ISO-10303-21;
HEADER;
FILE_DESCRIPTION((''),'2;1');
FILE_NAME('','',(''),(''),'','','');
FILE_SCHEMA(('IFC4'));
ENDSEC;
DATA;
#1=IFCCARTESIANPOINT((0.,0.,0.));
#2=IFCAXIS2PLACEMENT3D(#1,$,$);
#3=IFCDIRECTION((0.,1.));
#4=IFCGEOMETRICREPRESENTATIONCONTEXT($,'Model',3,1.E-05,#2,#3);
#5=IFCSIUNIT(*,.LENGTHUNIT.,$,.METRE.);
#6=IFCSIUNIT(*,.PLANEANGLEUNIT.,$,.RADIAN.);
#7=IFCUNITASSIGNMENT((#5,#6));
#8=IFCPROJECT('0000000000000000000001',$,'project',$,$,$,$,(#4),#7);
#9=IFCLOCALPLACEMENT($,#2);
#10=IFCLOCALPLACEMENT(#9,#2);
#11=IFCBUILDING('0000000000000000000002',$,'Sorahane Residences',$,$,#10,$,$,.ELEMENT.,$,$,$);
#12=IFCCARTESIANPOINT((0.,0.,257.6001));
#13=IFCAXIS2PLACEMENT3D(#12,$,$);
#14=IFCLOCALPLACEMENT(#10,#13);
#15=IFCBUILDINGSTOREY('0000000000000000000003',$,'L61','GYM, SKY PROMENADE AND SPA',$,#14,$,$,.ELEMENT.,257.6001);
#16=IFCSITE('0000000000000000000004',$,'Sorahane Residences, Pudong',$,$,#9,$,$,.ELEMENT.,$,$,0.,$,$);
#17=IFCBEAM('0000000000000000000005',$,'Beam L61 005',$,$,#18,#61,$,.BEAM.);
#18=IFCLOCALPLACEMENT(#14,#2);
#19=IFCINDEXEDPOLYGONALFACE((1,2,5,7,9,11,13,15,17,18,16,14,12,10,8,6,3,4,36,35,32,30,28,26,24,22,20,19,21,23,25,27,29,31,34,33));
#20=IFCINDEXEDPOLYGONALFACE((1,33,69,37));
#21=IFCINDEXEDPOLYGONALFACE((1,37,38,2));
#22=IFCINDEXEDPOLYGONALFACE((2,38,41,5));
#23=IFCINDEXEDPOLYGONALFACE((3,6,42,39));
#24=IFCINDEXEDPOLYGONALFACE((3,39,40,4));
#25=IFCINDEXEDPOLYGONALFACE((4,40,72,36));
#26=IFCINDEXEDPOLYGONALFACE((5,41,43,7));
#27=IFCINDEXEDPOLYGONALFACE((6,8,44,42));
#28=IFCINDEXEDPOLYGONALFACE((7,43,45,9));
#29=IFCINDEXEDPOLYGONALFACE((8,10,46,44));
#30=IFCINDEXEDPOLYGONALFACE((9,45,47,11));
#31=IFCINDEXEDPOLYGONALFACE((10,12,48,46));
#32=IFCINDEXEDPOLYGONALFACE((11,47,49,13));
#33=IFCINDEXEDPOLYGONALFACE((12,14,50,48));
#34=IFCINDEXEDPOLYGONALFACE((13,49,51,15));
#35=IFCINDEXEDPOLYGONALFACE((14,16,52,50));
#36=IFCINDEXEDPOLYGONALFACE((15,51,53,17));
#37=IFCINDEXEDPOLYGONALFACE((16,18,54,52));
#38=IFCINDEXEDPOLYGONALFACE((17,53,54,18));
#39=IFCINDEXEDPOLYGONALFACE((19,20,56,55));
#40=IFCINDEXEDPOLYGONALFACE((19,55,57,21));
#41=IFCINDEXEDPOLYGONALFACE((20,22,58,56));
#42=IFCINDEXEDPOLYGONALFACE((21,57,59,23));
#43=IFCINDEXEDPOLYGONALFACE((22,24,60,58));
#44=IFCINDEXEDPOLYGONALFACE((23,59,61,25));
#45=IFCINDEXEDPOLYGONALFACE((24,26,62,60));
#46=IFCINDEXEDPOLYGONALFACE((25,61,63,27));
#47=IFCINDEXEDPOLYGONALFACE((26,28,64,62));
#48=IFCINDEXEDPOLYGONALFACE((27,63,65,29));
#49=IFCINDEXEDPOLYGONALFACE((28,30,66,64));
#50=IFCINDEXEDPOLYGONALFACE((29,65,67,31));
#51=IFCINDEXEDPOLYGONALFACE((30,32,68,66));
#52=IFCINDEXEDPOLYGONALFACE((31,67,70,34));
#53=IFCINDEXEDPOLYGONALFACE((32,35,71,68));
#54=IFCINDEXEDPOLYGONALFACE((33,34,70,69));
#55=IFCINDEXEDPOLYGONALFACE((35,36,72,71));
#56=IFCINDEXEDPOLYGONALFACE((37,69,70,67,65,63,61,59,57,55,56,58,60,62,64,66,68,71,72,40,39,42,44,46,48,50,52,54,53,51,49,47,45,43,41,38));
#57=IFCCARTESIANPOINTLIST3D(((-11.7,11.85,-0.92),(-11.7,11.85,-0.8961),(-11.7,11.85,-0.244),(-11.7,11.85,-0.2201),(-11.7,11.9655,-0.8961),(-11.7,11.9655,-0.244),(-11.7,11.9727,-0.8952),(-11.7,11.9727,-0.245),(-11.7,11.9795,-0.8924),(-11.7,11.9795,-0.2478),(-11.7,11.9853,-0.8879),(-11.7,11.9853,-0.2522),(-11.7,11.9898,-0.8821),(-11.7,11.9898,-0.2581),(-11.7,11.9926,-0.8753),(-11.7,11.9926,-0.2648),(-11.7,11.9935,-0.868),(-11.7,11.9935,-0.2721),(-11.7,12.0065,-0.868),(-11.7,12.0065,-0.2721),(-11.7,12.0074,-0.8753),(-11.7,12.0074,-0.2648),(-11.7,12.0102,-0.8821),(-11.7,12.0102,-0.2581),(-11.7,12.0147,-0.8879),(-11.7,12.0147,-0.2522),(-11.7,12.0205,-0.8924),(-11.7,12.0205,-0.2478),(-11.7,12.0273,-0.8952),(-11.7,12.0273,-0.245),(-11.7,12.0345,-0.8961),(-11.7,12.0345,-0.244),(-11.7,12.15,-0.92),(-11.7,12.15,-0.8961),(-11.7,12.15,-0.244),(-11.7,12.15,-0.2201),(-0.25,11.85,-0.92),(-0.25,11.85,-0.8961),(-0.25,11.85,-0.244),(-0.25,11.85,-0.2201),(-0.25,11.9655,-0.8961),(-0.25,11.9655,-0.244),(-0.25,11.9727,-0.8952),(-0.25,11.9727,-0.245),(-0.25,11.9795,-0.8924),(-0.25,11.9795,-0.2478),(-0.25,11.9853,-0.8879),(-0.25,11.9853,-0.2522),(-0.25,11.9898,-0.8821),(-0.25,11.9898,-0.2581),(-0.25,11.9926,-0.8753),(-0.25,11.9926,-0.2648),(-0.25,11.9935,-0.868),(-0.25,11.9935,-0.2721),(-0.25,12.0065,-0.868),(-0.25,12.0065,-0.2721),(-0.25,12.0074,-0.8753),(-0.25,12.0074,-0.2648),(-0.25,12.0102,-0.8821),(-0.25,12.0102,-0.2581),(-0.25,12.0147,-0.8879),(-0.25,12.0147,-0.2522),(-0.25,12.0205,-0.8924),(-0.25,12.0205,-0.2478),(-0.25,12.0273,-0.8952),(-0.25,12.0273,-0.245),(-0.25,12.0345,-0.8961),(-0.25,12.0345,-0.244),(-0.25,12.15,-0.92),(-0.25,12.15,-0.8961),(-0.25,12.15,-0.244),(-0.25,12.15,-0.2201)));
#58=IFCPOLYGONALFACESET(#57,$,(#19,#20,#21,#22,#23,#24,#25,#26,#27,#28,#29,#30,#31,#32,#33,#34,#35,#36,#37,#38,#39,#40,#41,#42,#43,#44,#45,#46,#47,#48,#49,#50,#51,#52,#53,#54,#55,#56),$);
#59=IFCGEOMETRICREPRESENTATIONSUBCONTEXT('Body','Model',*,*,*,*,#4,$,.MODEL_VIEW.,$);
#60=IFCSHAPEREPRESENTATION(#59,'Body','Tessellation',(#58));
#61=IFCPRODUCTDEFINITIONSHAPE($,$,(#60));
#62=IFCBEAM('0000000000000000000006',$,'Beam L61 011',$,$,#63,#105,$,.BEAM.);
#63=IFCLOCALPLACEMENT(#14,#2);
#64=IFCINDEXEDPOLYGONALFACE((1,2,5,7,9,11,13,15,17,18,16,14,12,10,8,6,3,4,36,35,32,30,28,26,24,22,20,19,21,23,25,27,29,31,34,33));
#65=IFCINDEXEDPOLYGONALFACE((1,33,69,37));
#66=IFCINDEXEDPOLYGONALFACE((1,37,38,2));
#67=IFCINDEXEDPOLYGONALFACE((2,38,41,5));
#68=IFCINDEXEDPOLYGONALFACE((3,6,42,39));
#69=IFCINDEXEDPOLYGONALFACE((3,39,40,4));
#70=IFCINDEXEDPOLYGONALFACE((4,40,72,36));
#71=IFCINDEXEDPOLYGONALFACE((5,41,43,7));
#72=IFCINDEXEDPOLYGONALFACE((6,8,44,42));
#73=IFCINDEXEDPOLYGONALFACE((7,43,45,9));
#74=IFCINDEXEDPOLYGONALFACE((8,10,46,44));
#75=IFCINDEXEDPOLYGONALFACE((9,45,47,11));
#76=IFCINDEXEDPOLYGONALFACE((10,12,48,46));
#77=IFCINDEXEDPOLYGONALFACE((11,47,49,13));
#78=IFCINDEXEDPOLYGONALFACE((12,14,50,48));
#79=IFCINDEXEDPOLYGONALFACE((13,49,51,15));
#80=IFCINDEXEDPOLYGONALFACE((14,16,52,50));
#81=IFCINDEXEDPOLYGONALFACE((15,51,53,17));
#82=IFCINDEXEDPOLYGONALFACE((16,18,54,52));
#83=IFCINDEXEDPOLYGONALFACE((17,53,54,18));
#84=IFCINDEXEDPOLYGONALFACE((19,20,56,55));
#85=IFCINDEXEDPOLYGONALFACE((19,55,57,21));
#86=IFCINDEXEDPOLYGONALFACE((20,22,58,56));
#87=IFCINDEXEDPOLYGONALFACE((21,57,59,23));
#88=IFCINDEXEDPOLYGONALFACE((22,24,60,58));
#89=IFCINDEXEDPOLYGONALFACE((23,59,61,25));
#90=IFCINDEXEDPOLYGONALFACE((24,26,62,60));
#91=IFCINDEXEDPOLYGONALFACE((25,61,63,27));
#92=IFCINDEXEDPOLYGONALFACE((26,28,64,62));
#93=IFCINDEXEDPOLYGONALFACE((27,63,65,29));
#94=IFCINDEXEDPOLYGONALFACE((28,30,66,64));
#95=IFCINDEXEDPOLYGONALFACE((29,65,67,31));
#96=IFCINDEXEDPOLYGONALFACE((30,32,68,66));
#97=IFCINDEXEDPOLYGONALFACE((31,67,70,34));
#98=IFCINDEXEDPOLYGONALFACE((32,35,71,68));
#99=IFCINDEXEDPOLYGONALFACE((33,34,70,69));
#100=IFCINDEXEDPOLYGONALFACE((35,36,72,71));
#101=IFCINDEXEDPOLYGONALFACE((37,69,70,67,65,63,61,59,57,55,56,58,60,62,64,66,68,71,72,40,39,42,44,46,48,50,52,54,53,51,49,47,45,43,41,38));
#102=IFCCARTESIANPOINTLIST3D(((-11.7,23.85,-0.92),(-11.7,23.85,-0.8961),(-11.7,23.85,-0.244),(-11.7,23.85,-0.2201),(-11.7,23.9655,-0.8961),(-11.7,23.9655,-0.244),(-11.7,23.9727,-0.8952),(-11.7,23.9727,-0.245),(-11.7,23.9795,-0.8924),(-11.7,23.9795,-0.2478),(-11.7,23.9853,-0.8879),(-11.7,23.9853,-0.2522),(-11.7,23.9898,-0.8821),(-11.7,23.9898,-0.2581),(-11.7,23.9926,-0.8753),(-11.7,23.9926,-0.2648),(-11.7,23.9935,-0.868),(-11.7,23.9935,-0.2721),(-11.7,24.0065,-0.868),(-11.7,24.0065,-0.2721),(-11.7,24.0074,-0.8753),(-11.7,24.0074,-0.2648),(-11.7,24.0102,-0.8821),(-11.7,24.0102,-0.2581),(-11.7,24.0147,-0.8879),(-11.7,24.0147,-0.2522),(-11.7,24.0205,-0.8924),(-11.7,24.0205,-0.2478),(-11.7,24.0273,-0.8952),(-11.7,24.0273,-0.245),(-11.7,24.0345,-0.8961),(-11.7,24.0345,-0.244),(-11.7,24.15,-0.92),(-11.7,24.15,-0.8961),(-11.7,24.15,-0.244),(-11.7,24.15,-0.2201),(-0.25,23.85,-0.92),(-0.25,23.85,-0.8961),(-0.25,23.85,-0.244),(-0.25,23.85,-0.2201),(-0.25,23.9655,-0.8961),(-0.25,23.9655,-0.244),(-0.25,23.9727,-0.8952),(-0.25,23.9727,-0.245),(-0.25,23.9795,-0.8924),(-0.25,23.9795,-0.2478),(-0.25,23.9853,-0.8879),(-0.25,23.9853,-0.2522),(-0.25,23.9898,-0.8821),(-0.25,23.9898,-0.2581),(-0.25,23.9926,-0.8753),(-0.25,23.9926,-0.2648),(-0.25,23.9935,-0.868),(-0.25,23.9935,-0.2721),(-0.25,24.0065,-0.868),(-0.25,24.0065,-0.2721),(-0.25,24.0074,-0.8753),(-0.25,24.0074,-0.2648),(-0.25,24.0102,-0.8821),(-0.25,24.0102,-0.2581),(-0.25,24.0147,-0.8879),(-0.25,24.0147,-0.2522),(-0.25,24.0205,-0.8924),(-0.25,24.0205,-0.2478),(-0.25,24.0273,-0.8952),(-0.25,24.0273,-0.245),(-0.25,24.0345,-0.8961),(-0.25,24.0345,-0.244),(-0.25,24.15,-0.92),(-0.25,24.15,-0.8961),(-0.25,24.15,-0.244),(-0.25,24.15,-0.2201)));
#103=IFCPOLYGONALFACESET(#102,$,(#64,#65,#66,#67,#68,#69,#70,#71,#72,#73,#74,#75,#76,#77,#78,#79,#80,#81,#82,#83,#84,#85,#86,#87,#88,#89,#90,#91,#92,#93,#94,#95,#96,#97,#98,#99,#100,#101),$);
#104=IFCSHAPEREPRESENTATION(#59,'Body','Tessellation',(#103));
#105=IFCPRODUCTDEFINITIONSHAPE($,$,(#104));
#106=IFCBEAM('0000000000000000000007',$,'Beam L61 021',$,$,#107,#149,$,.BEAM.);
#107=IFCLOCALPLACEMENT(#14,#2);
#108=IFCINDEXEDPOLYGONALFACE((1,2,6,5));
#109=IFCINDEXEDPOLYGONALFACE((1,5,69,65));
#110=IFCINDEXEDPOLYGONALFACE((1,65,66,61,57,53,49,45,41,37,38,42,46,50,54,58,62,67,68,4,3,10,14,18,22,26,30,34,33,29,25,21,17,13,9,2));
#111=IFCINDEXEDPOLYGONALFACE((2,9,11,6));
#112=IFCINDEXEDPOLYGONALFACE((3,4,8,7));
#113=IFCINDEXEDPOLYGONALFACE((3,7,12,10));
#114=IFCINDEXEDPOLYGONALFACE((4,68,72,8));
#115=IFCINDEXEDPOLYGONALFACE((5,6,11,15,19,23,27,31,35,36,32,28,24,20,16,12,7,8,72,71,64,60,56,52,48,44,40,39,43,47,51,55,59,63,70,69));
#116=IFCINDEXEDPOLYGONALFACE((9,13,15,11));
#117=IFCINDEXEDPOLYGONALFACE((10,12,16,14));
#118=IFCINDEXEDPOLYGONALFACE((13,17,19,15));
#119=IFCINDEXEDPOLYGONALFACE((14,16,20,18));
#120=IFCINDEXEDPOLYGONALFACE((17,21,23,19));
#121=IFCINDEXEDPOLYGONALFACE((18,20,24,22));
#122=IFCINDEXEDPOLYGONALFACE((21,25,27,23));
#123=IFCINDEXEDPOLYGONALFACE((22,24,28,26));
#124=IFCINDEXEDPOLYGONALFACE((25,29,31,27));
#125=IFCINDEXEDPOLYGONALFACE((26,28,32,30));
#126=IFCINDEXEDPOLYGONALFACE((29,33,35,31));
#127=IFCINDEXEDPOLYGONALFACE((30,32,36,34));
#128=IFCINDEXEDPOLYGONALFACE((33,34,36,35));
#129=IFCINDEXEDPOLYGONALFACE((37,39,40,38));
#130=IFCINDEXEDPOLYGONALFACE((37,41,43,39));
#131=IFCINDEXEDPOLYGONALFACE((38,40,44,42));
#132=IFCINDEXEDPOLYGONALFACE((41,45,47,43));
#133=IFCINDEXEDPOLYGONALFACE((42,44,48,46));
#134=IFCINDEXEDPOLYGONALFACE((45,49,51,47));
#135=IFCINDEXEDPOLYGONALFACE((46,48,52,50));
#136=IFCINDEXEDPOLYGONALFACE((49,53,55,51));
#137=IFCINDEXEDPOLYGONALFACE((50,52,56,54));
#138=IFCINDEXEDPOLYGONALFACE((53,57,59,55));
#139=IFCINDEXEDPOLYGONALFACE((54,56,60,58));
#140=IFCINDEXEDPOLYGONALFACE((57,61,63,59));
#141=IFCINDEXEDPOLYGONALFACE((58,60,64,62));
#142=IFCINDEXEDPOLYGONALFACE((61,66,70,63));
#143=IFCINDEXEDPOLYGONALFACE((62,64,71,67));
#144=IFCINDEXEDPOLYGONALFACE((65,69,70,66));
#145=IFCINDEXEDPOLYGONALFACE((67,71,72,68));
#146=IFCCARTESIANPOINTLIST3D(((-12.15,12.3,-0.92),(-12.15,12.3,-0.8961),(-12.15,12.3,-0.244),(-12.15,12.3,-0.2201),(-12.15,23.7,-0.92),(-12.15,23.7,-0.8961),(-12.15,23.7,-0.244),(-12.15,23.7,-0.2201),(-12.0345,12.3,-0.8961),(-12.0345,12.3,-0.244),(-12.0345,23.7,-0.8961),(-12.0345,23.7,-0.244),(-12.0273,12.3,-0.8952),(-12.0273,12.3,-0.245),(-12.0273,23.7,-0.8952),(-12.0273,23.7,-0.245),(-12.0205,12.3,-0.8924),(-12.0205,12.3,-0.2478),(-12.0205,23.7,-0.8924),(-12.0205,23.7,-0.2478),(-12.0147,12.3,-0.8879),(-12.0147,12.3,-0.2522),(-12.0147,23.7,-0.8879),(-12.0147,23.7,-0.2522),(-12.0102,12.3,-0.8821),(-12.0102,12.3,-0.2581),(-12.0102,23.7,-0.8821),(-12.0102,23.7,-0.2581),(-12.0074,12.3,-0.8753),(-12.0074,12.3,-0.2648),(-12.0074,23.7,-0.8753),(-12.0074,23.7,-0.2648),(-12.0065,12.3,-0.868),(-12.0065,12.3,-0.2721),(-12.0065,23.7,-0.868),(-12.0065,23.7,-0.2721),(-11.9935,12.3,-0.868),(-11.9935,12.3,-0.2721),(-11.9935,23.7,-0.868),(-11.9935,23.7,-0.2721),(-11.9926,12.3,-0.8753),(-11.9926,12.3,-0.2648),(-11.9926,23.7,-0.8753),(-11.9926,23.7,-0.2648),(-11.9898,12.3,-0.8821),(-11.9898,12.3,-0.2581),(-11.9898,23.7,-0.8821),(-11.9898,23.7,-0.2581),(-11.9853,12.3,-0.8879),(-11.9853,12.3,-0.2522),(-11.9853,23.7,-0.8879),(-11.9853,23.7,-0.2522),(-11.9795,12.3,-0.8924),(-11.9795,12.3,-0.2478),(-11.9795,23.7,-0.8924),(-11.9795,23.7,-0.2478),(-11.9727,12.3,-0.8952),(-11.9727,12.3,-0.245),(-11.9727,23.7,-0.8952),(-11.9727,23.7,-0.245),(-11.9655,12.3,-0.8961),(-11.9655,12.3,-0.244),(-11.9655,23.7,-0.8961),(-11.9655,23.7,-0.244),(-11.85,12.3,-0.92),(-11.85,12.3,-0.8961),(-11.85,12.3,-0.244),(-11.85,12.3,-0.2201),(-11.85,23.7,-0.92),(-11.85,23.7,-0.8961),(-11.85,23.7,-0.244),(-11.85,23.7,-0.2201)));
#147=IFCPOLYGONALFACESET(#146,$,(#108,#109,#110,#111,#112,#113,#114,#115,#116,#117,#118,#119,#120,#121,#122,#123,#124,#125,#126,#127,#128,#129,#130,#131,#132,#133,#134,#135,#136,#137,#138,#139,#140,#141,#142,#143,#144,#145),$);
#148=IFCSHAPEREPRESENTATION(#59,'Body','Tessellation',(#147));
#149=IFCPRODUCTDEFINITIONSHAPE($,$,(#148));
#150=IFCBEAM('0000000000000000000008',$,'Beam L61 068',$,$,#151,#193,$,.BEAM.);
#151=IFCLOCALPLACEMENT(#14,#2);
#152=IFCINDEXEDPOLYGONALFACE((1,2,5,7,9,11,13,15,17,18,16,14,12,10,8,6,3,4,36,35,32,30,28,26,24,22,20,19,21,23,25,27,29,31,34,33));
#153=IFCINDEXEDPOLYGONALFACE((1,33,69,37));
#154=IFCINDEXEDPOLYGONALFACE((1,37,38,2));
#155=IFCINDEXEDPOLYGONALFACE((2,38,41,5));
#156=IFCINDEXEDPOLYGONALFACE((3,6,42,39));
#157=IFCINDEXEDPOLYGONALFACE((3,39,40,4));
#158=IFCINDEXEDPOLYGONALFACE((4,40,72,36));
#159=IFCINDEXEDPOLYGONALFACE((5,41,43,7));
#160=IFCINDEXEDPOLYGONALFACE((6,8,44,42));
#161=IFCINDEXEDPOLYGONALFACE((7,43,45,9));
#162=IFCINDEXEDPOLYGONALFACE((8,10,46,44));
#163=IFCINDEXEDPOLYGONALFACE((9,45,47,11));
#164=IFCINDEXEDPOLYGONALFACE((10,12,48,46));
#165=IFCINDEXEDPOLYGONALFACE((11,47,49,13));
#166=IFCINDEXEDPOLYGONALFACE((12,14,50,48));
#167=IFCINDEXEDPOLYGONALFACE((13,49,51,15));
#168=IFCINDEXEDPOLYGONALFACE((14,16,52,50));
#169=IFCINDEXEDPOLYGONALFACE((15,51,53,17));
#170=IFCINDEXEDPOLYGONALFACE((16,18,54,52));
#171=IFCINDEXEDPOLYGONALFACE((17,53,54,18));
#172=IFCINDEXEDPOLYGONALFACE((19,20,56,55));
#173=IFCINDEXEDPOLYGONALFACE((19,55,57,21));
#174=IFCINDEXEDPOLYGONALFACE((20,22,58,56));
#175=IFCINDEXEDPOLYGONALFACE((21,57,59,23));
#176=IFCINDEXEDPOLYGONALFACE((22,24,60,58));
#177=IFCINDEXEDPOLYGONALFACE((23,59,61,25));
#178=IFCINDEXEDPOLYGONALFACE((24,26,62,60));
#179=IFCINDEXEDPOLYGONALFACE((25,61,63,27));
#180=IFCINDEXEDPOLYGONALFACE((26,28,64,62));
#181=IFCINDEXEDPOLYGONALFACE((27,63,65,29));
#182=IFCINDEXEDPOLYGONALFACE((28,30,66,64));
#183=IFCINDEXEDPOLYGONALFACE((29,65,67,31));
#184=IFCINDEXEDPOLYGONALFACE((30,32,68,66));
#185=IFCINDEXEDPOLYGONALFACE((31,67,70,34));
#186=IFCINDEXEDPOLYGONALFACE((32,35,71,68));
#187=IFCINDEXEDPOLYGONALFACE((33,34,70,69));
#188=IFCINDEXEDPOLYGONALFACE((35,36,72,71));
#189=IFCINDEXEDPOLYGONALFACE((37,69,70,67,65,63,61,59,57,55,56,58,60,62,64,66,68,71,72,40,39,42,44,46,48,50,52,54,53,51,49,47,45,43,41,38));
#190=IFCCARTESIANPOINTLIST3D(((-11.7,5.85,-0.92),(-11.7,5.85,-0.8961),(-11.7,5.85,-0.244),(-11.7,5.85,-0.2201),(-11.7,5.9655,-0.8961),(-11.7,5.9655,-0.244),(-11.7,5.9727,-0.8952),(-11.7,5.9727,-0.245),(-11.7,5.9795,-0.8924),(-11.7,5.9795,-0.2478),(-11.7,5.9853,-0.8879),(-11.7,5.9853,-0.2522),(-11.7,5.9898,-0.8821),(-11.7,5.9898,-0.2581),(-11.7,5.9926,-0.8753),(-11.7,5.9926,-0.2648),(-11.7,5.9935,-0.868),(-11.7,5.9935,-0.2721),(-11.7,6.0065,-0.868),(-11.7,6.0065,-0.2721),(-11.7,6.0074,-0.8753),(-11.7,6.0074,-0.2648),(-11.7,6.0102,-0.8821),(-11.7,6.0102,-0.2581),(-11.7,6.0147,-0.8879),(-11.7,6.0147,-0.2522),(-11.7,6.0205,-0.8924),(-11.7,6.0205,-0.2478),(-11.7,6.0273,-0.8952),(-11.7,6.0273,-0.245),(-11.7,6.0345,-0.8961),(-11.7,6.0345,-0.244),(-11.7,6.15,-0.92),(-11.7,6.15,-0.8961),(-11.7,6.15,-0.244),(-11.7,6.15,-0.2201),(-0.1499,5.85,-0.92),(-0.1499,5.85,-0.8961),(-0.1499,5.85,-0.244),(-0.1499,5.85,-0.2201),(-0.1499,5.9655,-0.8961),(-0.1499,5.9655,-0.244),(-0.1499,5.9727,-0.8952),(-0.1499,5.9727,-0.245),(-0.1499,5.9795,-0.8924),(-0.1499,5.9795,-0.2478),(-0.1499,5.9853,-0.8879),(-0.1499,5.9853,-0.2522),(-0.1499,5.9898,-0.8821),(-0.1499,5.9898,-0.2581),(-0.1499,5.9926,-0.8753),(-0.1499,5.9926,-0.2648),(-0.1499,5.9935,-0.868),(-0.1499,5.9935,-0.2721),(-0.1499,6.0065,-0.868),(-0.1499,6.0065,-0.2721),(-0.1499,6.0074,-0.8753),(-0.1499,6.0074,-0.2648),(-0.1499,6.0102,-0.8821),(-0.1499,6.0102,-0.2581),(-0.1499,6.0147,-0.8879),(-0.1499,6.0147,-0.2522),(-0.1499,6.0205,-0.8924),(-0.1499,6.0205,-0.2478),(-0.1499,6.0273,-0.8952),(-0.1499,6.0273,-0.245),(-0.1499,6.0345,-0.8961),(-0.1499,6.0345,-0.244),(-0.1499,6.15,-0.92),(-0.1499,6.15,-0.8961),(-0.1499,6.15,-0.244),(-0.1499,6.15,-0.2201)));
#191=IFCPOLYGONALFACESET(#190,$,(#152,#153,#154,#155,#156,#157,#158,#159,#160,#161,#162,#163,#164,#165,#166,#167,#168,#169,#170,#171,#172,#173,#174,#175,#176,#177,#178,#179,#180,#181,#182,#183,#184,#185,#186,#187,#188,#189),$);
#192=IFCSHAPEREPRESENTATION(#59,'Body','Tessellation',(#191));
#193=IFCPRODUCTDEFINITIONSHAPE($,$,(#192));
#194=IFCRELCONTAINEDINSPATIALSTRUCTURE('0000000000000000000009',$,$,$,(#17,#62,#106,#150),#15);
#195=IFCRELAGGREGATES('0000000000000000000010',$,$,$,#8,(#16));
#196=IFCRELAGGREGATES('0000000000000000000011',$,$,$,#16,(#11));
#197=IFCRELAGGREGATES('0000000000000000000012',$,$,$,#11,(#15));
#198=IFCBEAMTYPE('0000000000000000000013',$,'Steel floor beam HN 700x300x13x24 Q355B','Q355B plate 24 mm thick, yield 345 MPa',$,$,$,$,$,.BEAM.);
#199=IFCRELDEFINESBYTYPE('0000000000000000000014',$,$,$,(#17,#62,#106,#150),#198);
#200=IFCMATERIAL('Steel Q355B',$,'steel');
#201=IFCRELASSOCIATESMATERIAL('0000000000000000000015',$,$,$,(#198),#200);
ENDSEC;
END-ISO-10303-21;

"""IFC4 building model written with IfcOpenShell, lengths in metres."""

from ifc_helpers import new_model, si_unit, direction, frame, origin, origin_2d, place, context, subcontext, project, spatial, i_section, extrude, material, material_profile, profile_set, type_object, element, save


model = new_model("IFC4")

# Units and contexts
model_context = context("Model", 3, precision=1e-05, world=origin(), true_north=direction((0.0, 1.0)))
body_context = subcontext(model_context, "Body", "Model", "MODEL_VIEW")
ifc_project = project(units=[si_unit("LENGTHUNIT", "METRE"), si_unit("PLANEANGLEUNIT", "RADIAN")], contexts=[model_context])

# Site, building, storey
site_placement = place(None, origin())
site = spatial("IfcSite", under=ifc_project, at=site_placement, Name="Sorahane Residences, Pudong", CompositionType="ELEMENT", RefElevation=0.0)
building_placement = place(site_placement, origin())
building = spatial("IfcBuilding", under=site, at=building_placement, Name="Sorahane Residences", CompositionType="ELEMENT")
storey_placement = place(building_placement, frame((0.0, 0.0, 257.6001)))
storey = spatial("IfcBuildingStorey", under=building, at=storey_placement, Name="L61", Description="GYM, SKY PROMENADE AND SPA", CompositionType="ELEMENT", Elevation=257.6001)

# Beams
ifc_material_1 = material(Name="Steel Q355B", Category="steel")
ifc_material_profile_1 = material_profile(ifc_material_1, i_section(OverallWidth=0.3, OverallDepth=0.7, WebThickness=0.0129, FlangeThickness=0.0239, FilletRadius=0.0281, at=origin_2d()), Name="HN 700x300x13x24")
ifc_profile_set_1 = profile_set([ifc_material_profile_1], Name="Steel Q355B")
beam_type_1 = type_object("IfcBeamType", Name="Steel floor beam HN 700x300x13x24 Q355B", Description="Q355B plate 24 mm thick, yield 345 MPa", PredefinedType="BEAM", material=ifc_profile_set_1)
for number, where, z_axis, x_axis, name in (
    (1, (-11.7, 12.0, -0.5701), (1.0, 0.0, 0.0), (0.0, 1.0, 0.0), "Beam L61 005"),
    (2, (-11.7, 24.0, -0.5701), (1.0, 0.0, 0.0), (0.0, 1.0, 0.0), "Beam L61 011"),
):
    element("IfcBeam", number, at=place(storey_placement, frame(where, z_axis=z_axis, x_axis=x_axis)), inside=storey, type_object=beam_type_1, Name=name, PredefinedType="BEAM", context=body_context, shape_type="SweptSolid", body=[
        extrude(i_section(OverallWidth=0.3, OverallDepth=0.7, WebThickness=0.0129, FlangeThickness=0.0239, FilletRadius=0.0281, at=origin_2d()), origin(), (0.0, 0.0, 1.0), 11.45),
    ])
beam_1_placement = place(storey_placement, frame((-12.0, 12.3, -0.5701), z_axis=(0.0, 1.0, 0.0), x_axis=(-1.0, 0.0, 0.0)))
element("IfcBeam", 3, at=beam_1_placement, inside=storey, type_object=beam_type_1, Name="Beam L61 021", PredefinedType="BEAM", context=body_context, shape_type="SweptSolid", body=[
    extrude(i_section(OverallWidth=0.3, OverallDepth=0.7, WebThickness=0.0129, FlangeThickness=0.0239, FilletRadius=0.0281, at=origin_2d()), origin(), (0.0, 0.0, 1.0), 11.3999),
])
beam_2_placement = place(storey_placement, frame((-11.7, 6.0, -0.5701), z_axis=(1.0, 0.0, 0.0), x_axis=(0.0, 1.0, 0.0)))
element("IfcBeam", 4, at=beam_2_placement, inside=storey, type_object=beam_type_1, Name="Beam L61 068", PredefinedType="BEAM", context=body_context, shape_type="SweptSolid", body=[
    extrude(i_section(OverallWidth=0.3, OverallDepth=0.7, WebThickness=0.0129, FlangeThickness=0.0239, FilletRadius=0.0281, at=origin_2d()), origin(), (0.0, 0.0, 1.0), 11.55),
])

save(model, "model.ifc")
